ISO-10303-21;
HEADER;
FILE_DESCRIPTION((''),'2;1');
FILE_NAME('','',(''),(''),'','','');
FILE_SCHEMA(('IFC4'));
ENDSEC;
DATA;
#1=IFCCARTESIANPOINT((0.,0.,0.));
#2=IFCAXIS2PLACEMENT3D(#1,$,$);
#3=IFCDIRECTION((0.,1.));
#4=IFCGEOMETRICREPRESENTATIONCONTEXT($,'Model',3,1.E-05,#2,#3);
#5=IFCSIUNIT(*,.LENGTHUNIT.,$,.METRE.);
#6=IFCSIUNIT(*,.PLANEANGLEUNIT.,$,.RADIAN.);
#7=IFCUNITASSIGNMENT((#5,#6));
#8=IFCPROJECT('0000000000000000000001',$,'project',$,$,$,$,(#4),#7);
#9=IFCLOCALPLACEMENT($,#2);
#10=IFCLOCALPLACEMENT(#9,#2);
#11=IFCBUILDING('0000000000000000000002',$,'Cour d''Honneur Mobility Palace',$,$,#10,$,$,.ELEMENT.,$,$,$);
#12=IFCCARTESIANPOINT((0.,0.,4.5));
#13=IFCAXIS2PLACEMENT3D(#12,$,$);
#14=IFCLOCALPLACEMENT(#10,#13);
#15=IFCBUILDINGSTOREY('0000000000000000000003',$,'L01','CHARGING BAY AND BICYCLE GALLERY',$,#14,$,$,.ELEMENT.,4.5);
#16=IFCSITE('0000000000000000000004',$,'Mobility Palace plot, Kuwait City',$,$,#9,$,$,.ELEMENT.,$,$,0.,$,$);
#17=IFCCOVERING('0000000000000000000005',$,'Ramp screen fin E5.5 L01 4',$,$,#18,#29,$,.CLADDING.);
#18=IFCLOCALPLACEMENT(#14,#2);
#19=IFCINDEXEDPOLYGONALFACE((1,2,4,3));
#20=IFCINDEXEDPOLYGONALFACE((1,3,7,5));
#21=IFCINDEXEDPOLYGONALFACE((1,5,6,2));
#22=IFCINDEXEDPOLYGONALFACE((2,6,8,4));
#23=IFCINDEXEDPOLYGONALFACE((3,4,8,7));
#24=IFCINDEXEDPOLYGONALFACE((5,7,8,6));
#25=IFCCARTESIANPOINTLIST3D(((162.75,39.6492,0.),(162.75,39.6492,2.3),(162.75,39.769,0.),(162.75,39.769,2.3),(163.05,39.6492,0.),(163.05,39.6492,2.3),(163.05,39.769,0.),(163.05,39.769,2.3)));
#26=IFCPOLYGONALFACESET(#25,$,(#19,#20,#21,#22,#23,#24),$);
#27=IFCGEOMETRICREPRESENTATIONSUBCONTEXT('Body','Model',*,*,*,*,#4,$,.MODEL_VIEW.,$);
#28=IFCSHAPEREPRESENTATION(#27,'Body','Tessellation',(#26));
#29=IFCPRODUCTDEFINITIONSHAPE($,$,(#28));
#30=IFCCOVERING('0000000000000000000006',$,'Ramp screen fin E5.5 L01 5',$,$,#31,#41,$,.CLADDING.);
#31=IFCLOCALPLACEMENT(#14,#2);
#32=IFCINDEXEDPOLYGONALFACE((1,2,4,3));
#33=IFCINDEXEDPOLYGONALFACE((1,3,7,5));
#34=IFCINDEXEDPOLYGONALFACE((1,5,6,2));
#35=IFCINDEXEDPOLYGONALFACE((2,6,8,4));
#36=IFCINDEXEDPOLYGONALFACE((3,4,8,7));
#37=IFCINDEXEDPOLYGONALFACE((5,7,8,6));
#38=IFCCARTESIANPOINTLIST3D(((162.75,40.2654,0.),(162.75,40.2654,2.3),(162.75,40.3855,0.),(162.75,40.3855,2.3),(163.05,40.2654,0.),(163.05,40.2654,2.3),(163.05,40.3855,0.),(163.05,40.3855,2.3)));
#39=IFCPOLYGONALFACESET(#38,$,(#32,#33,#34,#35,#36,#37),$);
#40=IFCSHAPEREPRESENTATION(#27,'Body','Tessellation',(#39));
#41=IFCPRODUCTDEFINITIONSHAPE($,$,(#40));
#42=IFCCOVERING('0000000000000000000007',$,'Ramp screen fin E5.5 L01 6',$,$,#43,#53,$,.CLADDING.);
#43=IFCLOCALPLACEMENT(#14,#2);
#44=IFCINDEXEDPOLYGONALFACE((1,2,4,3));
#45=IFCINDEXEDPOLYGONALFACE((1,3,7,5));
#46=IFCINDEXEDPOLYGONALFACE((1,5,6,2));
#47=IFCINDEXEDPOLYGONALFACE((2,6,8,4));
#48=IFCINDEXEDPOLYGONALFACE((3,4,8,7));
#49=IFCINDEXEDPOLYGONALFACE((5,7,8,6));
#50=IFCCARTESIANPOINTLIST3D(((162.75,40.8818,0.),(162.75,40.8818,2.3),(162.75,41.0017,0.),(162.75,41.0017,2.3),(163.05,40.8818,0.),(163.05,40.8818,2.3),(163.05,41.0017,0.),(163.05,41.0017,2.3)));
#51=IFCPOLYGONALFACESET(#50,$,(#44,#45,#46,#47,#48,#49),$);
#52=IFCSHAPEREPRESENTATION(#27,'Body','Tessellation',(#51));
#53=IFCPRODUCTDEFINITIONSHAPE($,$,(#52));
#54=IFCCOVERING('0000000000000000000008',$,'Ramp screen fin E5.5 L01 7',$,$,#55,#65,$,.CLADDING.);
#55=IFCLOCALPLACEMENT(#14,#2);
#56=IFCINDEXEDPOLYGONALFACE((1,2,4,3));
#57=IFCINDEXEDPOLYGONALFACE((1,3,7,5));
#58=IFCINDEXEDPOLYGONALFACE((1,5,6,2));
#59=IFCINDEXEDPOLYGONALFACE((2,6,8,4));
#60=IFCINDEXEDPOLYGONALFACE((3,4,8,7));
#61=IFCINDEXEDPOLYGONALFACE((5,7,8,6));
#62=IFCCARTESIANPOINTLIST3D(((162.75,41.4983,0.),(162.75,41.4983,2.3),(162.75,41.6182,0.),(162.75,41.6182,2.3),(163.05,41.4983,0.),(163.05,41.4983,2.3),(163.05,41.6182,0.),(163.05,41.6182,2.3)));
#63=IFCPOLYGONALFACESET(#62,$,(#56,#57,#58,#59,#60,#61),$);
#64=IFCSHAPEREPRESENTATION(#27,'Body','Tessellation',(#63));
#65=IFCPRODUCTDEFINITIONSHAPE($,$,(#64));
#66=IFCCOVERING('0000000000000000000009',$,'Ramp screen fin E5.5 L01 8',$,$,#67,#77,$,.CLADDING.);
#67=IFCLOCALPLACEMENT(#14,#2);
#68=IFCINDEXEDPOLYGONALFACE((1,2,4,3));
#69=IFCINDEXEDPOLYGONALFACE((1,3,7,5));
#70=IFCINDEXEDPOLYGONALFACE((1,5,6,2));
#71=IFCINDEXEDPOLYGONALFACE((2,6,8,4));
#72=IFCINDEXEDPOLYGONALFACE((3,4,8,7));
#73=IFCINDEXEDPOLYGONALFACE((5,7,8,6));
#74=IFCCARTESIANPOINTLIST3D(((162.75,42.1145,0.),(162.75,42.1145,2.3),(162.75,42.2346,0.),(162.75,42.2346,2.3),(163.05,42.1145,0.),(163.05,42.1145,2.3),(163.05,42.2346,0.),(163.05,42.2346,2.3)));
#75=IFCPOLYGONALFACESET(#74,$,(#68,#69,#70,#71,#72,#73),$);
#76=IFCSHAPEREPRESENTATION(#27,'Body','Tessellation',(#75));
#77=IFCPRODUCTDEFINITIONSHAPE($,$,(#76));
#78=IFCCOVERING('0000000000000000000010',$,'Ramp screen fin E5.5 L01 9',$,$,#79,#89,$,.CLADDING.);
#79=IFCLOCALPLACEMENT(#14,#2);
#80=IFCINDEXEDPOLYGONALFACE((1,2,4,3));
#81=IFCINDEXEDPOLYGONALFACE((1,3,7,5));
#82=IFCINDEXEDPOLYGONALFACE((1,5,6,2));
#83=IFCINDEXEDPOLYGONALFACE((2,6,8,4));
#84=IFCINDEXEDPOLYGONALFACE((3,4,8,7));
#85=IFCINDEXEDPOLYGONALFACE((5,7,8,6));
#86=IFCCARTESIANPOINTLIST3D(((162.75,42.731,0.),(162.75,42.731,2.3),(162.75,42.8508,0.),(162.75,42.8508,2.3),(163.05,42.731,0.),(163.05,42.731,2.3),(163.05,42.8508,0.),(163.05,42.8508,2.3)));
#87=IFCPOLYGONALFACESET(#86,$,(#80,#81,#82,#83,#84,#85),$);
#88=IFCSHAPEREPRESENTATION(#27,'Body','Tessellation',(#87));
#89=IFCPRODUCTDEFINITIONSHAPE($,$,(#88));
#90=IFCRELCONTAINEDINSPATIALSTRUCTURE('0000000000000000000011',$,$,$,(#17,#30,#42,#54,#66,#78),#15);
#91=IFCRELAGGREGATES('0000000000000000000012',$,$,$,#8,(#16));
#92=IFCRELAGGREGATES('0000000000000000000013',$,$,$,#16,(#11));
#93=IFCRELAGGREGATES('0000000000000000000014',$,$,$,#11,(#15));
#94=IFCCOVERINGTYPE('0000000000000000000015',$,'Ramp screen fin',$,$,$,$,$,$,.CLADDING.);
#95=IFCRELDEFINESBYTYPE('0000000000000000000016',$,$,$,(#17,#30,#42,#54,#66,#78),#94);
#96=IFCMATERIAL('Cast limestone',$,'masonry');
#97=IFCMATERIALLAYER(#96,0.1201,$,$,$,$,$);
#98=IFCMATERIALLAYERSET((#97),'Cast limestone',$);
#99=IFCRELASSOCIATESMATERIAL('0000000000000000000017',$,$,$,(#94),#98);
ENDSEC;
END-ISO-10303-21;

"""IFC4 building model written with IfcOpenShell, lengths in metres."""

from ifc_helpers import new_model, si_unit, direction, frame, origin, place, context, subcontext, project, spatial, polyline, outline, extrude, material, layer, layer_set, type_object, element, save


model = new_model("IFC4")

# Units and contexts
model_context = context("Model", 3, precision=1e-05, world=origin(), true_north=direction((0.0, 1.0)))
body_context = subcontext(model_context, "Body", "Model", "MODEL_VIEW")
ifc_project = project(units=[si_unit("LENGTHUNIT", "METRE"), si_unit("PLANEANGLEUNIT", "RADIAN")], contexts=[model_context])

# Site, building, storey
site_placement = place(None, origin())
site = spatial("IfcSite", under=ifc_project, at=site_placement, Name="Mobility Palace plot, Kuwait City", CompositionType="ELEMENT", RefElevation=0.0)
building_placement = place(site_placement, origin())
building = spatial("IfcBuilding", under=site, at=building_placement, Name="Cour d'Honneur Mobility Palace", CompositionType="ELEMENT")
storey_placement = place(building_placement, frame((0.0, 0.0, 4.5)))
storey = spatial("IfcBuildingStorey", under=building, at=storey_placement, Name="L01", Description="CHARGING BAY AND BICYCLE GALLERY", CompositionType="ELEMENT", Elevation=4.5)

# Coverings
ifc_material = material(Name="Cast limestone", Category="masonry")
ifc_layer = layer(ifc_material, 0.1201)
ifc_layer_set = layer_set([ifc_layer], Name="Cast limestone")
covering_type = type_object("IfcCoveringType", Name="Ramp screen fin", PredefinedType="CLADDING", material=ifc_layer_set)
covering_1_placement = place(storey_placement, origin())
element("IfcCovering", 1, at=covering_1_placement, inside=storey, type_object=covering_type, Name="Ramp screen fin E5.5 L01 4", PredefinedType="CLADDING", context=body_context, shape_type="SweptSolid", body=[
    extrude(outline(polyline([(162.75, 39.6492), (162.75, 39.769), (163.05, 39.769), (163.05, 39.6492), (162.75, 39.6492)])), origin(), (0.0, 0.0, 1.0), 2.3),
])
covering_2_placement = place(storey_placement, origin())
element("IfcCovering", 2, at=covering_2_placement, inside=storey, type_object=covering_type, Name="Ramp screen fin E5.5 L01 5", PredefinedType="CLADDING", context=body_context, shape_type="SweptSolid", body=[
    extrude(outline(polyline([(162.75, 40.2654), (162.75, 40.3855), (163.05, 40.3855), (163.05, 40.2654), (162.75, 40.2654)])), origin(), (0.0, 0.0, 1.0), 2.3),
])
covering_3_placement = place(storey_placement, origin())
element("IfcCovering", 3, at=covering_3_placement, inside=storey, type_object=covering_type, Name="Ramp screen fin E5.5 L01 6", PredefinedType="CLADDING", context=body_context, shape_type="SweptSolid", body=[
    extrude(outline(polyline([(162.75, 40.8818), (162.75, 41.0017), (163.05, 41.0017), (163.05, 40.8818), (162.75, 40.8818)])), origin(), (0.0, 0.0, 1.0), 2.3),
])
covering_4_placement = place(storey_placement, origin())
element("IfcCovering", 4, at=covering_4_placement, inside=storey, type_object=covering_type, Name="Ramp screen fin E5.5 L01 7", PredefinedType="CLADDING", context=body_context, shape_type="SweptSolid", body=[
    extrude(outline(polyline([(162.75, 41.4983), (162.75, 41.6182), (163.05, 41.6182), (163.05, 41.4983), (162.75, 41.4983)])), origin(), (0.0, 0.0, 1.0), 2.3),
])
covering_5_placement = place(storey_placement, origin())
element("IfcCovering", 5, at=covering_5_placement, inside=storey, type_object=covering_type, Name="Ramp screen fin E5.5 L01 8", PredefinedType="CLADDING", context=body_context, shape_type="SweptSolid", body=[
    extrude(outline(polyline([(162.75, 42.1145), (162.75, 42.2346), (163.05, 42.2346), (163.05, 42.1145), (162.75, 42.1145)])), origin(), (0.0, 0.0, 1.0), 2.3),
])
covering_6_placement = place(storey_placement, origin())
element("IfcCovering", 6, at=covering_6_placement, inside=storey, type_object=covering_type, Name="Ramp screen fin E5.5 L01 9", PredefinedType="CLADDING", context=body_context, shape_type="SweptSolid", body=[
    extrude(outline(polyline([(162.75, 42.731), (162.75, 42.8508), (163.05, 42.8508), (163.05, 42.731), (162.75, 42.731)])), origin(), (0.0, 0.0, 1.0), 2.3),
])

save(model, "model.ifc")
